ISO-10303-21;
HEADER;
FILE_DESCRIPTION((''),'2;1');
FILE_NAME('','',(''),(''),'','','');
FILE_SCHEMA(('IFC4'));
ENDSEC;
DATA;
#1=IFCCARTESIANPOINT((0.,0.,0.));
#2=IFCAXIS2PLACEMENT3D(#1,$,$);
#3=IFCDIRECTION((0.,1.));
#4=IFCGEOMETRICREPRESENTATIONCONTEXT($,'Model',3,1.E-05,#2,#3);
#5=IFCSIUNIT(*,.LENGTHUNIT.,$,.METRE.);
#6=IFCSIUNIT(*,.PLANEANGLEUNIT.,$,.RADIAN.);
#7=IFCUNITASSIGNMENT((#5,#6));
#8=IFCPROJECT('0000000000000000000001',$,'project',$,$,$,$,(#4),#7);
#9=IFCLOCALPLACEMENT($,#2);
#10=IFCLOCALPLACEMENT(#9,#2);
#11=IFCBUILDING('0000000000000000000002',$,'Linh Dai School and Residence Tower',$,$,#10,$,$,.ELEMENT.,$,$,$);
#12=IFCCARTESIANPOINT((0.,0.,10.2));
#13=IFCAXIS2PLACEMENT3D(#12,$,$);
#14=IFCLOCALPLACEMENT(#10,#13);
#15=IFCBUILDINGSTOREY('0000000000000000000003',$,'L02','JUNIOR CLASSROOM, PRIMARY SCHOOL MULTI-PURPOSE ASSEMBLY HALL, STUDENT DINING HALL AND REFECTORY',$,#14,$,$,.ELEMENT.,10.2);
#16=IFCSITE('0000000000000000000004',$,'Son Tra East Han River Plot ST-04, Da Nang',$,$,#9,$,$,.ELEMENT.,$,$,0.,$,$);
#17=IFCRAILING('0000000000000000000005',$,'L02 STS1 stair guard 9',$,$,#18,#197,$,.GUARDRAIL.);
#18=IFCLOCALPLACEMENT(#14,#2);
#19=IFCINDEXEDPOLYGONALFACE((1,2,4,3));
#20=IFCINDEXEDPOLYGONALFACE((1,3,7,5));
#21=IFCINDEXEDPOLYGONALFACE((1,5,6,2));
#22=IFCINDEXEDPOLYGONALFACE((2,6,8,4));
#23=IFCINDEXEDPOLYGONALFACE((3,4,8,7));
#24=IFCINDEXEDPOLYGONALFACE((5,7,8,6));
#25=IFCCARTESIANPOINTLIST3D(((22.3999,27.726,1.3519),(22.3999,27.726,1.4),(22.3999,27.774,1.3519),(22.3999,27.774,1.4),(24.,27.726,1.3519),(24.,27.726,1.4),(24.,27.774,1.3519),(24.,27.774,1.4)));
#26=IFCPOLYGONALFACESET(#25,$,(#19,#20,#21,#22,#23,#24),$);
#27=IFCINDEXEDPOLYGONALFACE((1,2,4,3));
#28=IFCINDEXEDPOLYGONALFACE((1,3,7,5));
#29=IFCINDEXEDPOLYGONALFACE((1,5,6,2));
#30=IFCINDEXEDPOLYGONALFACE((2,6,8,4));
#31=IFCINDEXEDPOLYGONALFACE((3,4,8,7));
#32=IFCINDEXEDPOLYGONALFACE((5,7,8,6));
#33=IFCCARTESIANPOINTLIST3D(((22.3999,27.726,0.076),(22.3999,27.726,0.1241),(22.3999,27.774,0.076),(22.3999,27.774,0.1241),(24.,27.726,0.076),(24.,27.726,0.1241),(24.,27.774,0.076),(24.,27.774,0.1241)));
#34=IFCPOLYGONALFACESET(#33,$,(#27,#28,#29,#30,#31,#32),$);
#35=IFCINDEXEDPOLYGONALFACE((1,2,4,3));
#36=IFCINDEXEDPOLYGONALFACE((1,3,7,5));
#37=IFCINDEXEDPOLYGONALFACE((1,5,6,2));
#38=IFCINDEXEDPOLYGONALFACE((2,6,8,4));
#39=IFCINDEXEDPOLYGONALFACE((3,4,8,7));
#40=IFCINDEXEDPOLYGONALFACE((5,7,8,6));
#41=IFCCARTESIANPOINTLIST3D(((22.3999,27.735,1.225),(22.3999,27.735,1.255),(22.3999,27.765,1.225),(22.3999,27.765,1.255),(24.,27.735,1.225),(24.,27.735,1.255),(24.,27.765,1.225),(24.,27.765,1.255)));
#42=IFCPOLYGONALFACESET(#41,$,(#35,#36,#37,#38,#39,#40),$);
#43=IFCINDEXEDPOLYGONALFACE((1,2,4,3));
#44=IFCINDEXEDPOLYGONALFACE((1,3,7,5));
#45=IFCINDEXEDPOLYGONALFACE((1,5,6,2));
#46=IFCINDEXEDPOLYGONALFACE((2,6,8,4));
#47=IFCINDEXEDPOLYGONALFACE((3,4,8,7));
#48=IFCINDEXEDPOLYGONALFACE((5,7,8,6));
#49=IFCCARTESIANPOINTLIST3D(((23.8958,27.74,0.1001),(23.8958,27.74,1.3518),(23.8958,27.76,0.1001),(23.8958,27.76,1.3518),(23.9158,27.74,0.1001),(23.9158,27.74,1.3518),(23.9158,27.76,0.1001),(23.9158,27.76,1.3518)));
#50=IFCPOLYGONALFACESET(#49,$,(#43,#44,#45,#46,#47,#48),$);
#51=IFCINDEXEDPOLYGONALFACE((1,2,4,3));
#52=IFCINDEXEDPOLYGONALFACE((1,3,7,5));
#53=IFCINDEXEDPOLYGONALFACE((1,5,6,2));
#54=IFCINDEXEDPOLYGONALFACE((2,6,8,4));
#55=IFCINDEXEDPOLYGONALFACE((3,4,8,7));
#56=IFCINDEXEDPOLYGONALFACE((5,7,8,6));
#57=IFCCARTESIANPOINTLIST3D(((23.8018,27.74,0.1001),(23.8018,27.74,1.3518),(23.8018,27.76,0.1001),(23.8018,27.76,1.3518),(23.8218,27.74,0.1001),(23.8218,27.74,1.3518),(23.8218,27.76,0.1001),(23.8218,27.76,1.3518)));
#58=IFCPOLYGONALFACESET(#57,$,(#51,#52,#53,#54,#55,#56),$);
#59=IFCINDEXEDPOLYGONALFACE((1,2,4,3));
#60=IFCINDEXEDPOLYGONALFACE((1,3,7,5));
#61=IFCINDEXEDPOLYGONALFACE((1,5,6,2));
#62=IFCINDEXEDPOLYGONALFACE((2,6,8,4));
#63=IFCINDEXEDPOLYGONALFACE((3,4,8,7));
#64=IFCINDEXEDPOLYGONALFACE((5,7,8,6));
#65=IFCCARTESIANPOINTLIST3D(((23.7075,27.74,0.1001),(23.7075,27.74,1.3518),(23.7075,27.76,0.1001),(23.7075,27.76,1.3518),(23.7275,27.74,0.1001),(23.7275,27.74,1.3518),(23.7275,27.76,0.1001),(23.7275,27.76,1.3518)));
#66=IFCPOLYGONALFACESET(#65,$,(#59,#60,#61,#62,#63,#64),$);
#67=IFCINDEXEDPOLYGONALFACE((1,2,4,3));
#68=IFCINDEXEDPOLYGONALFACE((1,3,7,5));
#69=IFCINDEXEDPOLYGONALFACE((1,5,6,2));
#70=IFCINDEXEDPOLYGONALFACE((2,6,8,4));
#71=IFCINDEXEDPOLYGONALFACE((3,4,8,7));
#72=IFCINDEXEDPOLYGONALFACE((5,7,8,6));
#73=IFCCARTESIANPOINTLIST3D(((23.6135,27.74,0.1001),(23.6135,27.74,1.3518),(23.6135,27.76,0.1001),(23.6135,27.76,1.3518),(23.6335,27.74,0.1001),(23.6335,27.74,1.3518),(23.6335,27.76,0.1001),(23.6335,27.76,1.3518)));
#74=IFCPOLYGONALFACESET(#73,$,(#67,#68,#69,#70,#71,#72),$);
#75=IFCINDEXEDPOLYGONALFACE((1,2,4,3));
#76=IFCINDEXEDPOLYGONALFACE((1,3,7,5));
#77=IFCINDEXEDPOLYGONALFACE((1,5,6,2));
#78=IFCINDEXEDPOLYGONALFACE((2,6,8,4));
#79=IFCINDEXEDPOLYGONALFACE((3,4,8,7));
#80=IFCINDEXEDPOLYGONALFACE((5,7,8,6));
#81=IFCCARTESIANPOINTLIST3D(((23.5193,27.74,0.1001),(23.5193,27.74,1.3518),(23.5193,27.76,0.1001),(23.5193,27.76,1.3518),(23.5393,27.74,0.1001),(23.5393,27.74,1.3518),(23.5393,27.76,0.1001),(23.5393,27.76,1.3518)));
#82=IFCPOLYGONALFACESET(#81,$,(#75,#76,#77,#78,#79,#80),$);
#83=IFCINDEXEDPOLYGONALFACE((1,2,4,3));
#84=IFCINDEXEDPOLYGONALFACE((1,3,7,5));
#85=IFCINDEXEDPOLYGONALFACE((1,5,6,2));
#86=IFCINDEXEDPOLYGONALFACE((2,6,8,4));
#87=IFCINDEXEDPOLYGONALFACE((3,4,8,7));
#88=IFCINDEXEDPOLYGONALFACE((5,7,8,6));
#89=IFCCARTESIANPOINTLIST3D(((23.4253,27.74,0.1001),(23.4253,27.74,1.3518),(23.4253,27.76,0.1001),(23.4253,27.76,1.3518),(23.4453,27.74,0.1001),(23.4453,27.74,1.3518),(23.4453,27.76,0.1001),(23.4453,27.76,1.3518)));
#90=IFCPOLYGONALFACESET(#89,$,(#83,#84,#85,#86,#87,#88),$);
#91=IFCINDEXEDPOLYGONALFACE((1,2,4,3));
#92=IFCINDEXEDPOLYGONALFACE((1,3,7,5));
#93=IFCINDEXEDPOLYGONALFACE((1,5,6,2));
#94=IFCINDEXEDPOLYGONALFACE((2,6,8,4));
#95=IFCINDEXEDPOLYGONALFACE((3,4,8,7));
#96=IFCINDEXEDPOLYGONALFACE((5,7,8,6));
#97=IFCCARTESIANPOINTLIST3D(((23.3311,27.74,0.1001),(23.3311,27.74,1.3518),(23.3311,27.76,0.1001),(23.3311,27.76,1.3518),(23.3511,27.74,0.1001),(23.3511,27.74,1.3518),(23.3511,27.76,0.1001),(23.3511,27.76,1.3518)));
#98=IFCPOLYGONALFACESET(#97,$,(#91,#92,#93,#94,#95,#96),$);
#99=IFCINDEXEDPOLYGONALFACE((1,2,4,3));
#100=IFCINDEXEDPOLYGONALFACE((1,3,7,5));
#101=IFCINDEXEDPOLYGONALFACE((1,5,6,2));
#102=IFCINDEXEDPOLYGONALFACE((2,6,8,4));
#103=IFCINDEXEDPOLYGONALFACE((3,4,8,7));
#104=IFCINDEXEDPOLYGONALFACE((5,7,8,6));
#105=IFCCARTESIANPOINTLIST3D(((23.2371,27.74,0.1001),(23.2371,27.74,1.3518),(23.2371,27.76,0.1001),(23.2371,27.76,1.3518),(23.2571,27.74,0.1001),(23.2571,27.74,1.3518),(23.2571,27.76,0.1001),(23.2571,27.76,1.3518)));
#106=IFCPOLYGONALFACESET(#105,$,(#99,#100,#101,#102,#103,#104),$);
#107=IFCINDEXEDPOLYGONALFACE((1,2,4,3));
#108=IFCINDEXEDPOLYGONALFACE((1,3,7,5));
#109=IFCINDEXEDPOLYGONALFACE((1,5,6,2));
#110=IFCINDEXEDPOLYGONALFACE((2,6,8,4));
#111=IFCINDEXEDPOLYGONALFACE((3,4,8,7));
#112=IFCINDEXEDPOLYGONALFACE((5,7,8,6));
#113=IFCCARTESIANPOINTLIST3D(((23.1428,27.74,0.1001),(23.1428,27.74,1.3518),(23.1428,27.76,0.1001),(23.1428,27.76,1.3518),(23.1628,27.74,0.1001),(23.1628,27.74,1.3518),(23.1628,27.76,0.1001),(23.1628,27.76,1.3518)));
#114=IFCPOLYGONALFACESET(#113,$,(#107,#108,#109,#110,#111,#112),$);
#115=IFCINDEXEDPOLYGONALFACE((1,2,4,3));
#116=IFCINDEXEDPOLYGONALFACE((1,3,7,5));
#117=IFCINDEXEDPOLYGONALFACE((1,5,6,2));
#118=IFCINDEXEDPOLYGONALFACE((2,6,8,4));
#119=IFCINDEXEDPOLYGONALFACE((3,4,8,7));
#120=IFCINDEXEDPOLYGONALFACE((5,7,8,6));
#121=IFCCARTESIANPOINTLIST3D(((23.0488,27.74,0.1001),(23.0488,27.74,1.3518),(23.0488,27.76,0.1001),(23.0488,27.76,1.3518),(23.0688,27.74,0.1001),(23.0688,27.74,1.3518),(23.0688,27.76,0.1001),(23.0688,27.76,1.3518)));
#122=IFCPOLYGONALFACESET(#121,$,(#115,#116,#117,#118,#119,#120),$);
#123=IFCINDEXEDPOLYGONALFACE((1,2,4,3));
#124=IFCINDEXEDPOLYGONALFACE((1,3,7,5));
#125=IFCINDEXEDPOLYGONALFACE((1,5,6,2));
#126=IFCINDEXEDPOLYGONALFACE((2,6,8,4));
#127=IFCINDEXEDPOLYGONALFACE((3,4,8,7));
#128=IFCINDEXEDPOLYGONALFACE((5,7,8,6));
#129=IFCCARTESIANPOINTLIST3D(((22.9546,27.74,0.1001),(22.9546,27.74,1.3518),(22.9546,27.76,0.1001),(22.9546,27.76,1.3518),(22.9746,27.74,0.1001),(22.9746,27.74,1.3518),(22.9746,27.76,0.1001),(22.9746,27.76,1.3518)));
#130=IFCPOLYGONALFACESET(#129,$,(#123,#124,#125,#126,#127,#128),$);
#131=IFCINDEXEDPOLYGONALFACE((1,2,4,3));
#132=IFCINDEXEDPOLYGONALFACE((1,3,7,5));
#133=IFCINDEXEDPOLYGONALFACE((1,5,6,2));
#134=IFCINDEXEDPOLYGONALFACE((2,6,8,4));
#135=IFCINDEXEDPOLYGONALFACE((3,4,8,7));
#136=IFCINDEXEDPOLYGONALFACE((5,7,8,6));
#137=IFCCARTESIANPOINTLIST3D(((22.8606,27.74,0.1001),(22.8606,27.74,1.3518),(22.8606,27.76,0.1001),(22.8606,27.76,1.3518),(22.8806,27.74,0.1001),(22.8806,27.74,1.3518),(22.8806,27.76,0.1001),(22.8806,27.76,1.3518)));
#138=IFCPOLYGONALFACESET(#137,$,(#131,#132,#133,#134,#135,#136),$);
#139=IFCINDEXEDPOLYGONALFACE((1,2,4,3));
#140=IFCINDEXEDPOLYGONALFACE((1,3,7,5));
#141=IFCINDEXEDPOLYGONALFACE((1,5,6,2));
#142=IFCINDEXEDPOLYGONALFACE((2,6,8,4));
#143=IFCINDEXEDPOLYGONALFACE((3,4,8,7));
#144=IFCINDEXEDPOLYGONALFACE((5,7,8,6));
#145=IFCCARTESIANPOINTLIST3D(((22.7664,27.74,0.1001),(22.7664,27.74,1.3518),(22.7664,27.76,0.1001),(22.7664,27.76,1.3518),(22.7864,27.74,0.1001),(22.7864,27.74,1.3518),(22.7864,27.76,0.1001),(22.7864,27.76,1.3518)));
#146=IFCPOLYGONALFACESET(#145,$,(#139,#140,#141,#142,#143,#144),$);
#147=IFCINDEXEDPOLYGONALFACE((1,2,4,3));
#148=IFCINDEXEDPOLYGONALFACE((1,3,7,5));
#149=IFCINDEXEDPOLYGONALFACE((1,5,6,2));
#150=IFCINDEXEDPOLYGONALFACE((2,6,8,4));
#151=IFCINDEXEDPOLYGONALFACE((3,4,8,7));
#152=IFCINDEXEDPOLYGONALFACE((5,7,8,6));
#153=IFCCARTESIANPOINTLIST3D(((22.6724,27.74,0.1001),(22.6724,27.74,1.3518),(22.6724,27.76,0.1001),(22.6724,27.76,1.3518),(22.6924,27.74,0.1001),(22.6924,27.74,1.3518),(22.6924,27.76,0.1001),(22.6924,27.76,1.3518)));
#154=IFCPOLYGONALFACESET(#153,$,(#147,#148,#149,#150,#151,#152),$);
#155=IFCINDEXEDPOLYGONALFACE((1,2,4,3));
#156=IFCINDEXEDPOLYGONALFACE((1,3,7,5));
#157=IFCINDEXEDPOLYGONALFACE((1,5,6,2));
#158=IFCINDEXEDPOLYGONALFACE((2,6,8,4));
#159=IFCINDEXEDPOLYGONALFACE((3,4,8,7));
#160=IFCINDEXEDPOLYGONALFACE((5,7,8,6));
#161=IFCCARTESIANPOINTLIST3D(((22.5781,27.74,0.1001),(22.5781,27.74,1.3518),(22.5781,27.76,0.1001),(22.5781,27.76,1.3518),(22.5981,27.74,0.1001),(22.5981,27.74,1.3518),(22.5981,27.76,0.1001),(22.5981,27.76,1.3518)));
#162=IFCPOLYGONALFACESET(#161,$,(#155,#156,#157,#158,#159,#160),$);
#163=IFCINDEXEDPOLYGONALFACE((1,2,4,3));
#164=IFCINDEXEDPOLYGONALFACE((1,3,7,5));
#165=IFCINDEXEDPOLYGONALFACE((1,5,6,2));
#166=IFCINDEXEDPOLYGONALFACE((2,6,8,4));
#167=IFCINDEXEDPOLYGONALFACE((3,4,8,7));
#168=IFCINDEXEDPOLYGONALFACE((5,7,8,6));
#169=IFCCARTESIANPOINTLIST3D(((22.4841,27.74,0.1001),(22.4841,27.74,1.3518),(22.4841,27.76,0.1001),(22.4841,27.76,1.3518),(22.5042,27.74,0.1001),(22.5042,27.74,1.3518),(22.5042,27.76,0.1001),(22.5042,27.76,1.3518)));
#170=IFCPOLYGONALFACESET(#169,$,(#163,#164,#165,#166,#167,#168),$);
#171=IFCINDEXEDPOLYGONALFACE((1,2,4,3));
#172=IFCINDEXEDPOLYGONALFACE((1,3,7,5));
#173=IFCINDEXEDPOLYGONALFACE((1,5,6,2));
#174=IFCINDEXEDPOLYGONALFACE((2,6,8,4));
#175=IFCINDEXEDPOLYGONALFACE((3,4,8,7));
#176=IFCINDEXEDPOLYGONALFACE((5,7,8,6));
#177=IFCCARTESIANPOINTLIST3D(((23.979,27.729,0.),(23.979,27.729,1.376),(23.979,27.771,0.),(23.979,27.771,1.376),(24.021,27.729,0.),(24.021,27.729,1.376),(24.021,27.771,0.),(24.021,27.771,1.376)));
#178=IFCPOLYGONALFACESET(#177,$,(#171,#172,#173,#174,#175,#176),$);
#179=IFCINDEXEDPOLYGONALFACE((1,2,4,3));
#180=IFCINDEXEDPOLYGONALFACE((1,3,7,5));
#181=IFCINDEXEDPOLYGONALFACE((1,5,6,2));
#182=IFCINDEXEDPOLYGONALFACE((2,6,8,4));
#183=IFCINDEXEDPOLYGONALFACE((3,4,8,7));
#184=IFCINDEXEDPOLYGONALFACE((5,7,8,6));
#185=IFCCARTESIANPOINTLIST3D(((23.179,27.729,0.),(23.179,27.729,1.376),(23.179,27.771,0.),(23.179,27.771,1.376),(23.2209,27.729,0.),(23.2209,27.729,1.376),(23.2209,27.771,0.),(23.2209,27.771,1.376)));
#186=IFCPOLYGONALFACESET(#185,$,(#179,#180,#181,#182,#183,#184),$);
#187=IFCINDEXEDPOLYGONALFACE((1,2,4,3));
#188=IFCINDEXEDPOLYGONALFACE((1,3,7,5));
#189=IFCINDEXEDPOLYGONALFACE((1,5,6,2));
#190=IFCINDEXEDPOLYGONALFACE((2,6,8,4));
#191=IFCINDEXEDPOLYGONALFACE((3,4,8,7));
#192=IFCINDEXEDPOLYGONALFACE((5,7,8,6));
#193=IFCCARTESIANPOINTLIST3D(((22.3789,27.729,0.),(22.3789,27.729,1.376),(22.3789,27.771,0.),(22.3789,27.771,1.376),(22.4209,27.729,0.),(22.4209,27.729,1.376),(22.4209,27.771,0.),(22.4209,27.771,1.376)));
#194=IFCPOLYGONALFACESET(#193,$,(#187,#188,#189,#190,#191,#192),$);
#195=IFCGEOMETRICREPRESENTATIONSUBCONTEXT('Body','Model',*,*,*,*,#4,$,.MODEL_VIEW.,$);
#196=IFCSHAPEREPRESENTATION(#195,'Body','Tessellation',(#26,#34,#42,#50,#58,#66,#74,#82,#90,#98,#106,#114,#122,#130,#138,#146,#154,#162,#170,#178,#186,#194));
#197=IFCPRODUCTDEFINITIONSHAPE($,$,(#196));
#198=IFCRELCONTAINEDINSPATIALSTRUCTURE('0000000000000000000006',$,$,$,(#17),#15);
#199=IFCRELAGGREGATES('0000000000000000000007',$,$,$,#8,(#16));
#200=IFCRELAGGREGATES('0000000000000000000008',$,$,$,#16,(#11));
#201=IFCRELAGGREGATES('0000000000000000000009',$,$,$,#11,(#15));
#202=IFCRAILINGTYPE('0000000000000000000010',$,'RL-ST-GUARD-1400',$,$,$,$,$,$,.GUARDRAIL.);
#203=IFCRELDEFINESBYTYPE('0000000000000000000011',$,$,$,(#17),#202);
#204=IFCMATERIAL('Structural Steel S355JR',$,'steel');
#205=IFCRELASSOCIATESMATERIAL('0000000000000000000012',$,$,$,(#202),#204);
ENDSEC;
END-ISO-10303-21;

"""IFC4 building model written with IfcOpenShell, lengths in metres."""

from ifc_helpers import new_model, si_unit, direction, frame, origin, origin_2d, place, context, subcontext, project, spatial, rectangle, extrude, source, transform, mapped, material, type_object, element, save


model = new_model("IFC4")

# Units and contexts
model_context = context("Model", 3, precision=1e-05, world=origin(), true_north=direction((0.0, 1.0)))
body_context = subcontext(model_context, "Body", "Model", "MODEL_VIEW")
ifc_project = project(units=[si_unit("LENGTHUNIT", "METRE"), si_unit("PLANEANGLEUNIT", "RADIAN")], contexts=[model_context])

# Site, building, storey
site_placement = place(None, origin())
site = spatial("IfcSite", under=ifc_project, at=site_placement, Name="Son Tra East Han River Plot ST-04, Da Nang", CompositionType="ELEMENT", RefElevation=0.0)
building_placement = place(site_placement, origin())
building = spatial("IfcBuilding", under=site, at=building_placement, Name="Linh Dai School and Residence Tower", CompositionType="ELEMENT")
storey_placement = place(building_placement, frame((0.0, 0.0, 10.2)))
storey = spatial("IfcBuildingStorey", under=building, at=storey_placement, Name="L02", Description="JUNIOR CLASSROOM, PRIMARY SCHOOL MULTI-PURPOSE ASSEMBLY HALL, STUDENT DINING HALL AND REFECTORY", CompositionType="ELEMENT", Elevation=10.2)

# Shared definitions
ifc_material_1 = material(Name="Structural Steel S355JR", Category="steel")

# Railing
railing_type_1 = type_object("IfcRailingType", Name="RL-ST-GUARD-1400", PredefinedType="GUARDRAIL", material=ifc_material_1)
shared_shape_1 = source(origin(), body_context, "Body", "SweptSolid", [
    extrude(rectangle(XDim=0.0481, YDim=0.0481, at=origin_2d()), frame((0.0, 0.0, 1.376), z_axis=(-1.0, 0.0, 0.0), x_axis=(0.0, -1.0, 0.0)), (0.0, 0.0, 1.0), 1.6001),
    extrude(rectangle(XDim=0.0481, YDim=0.0481, at=origin_2d()), frame((0.0, 0.0, 0.1001), z_axis=(-1.0, 0.0, 0.0), x_axis=(0.0, -1.0, 0.0)), (0.0, 0.0, 1.0), 1.6001),
    extrude(rectangle(XDim=0.03, YDim=0.03, at=origin_2d()), frame((0.0, 0.0, 1.24), z_axis=(-1.0, 0.0, 0.0), x_axis=(0.0, -1.0, 0.0)), (0.0, 0.0, 1.0), 1.6001),
    extrude(rectangle(XDim=0.02, YDim=0.02, at=origin_2d()), frame((-0.0942, 0.0, 0.1001)), (0.0, 0.0, 1.0), 1.2517),
    extrude(rectangle(XDim=0.02, YDim=0.02, at=origin_2d()), frame((-0.1882, 0.0, 0.1001)), (0.0, 0.0, 1.0), 1.2517),
    extrude(rectangle(XDim=0.02, YDim=0.02, at=origin_2d()), frame((-0.2825, 0.0, 0.1001)), (0.0, 0.0, 1.0), 1.2517),
    extrude(rectangle(XDim=0.02, YDim=0.02, at=origin_2d()), frame((-0.3765, 0.0, 0.1001)), (0.0, 0.0, 1.0), 1.2517),
    extrude(rectangle(XDim=0.02, YDim=0.02, at=origin_2d()), frame((-0.4707, 0.0, 0.1001)), (0.0, 0.0, 1.0), 1.2517),
    extrude(rectangle(XDim=0.02, YDim=0.02, at=origin_2d()), frame((-0.5647, 0.0, 0.1001)), (0.0, 0.0, 1.0), 1.2517),
    extrude(rectangle(XDim=0.02, YDim=0.02, at=origin_2d()), frame((-0.6589, 0.0, 0.1001)), (0.0, 0.0, 1.0), 1.2517),
    extrude(rectangle(XDim=0.02, YDim=0.02, at=origin_2d()), frame((-0.7529, 0.0, 0.1001)), (0.0, 0.0, 1.0), 1.2517),
    extrude(rectangle(XDim=0.02, YDim=0.02, at=origin_2d()), frame((-0.8472, 0.0, 0.1001)), (0.0, 0.0, 1.0), 1.2517),
    extrude(rectangle(XDim=0.02, YDim=0.02, at=origin_2d()), frame((-0.9412, 0.0, 0.1001)), (0.0, 0.0, 1.0), 1.2517),
    extrude(rectangle(XDim=0.02, YDim=0.02, at=origin_2d()), frame((-1.0354, 0.0, 0.1001)), (0.0, 0.0, 1.0), 1.2517),
    extrude(rectangle(XDim=0.02, YDim=0.02, at=origin_2d()), frame((-1.1294, 0.0, 0.1001)), (0.0, 0.0, 1.0), 1.2517),
    extrude(rectangle(XDim=0.02, YDim=0.02, at=origin_2d()), frame((-1.2236, 0.0, 0.1001)), (0.0, 0.0, 1.0), 1.2517),
    extrude(rectangle(XDim=0.02, YDim=0.02, at=origin_2d()), frame((-1.3176, 0.0, 0.1001)), (0.0, 0.0, 1.0), 1.2517),
    extrude(rectangle(XDim=0.02, YDim=0.02, at=origin_2d()), frame((-1.4119, 0.0, 0.1001)), (0.0, 0.0, 1.0), 1.2517),
    extrude(rectangle(XDim=0.02, YDim=0.02, at=origin_2d()), frame((-1.5059, 0.0, 0.1001)), (0.0, 0.0, 1.0), 1.2517),
    extrude(rectangle(XDim=0.042, YDim=0.042, at=origin_2d()), origin(), (0.0, 0.0, 1.0), 1.376),
    extrude(rectangle(XDim=0.042, YDim=0.042, at=origin_2d()), frame((-0.8, 0.0, 0.0)), (0.0, 0.0, 1.0), 1.376),
    extrude(rectangle(XDim=0.042, YDim=0.042, at=origin_2d()), frame((-1.6001, 0.0, 0.0)), (0.0, 0.0, 1.0), 1.376),
])
for number, where, name in (
    (1, (24.0, 27.75, 0.0), "L02 STS1 stair guard 9"),
):
    element("IfcRailing", number, at=place(storey_placement, frame(where)), inside=storey, type_object=railing_type_1, Name=name, PredefinedType="GUARDRAIL", context=body_context, shape_type="MappedRepresentation", body=[
        mapped(shared_shape_1, transform((0.0, 0.0, 0.0), x_axis=(1.0, 0.0, 0.0), y_axis=(0.0, 1.0, 0.0), z_axis=(0.0, 0.0, 1.0), scale=1.0)),
    ])

save(model, "model.ifc")
